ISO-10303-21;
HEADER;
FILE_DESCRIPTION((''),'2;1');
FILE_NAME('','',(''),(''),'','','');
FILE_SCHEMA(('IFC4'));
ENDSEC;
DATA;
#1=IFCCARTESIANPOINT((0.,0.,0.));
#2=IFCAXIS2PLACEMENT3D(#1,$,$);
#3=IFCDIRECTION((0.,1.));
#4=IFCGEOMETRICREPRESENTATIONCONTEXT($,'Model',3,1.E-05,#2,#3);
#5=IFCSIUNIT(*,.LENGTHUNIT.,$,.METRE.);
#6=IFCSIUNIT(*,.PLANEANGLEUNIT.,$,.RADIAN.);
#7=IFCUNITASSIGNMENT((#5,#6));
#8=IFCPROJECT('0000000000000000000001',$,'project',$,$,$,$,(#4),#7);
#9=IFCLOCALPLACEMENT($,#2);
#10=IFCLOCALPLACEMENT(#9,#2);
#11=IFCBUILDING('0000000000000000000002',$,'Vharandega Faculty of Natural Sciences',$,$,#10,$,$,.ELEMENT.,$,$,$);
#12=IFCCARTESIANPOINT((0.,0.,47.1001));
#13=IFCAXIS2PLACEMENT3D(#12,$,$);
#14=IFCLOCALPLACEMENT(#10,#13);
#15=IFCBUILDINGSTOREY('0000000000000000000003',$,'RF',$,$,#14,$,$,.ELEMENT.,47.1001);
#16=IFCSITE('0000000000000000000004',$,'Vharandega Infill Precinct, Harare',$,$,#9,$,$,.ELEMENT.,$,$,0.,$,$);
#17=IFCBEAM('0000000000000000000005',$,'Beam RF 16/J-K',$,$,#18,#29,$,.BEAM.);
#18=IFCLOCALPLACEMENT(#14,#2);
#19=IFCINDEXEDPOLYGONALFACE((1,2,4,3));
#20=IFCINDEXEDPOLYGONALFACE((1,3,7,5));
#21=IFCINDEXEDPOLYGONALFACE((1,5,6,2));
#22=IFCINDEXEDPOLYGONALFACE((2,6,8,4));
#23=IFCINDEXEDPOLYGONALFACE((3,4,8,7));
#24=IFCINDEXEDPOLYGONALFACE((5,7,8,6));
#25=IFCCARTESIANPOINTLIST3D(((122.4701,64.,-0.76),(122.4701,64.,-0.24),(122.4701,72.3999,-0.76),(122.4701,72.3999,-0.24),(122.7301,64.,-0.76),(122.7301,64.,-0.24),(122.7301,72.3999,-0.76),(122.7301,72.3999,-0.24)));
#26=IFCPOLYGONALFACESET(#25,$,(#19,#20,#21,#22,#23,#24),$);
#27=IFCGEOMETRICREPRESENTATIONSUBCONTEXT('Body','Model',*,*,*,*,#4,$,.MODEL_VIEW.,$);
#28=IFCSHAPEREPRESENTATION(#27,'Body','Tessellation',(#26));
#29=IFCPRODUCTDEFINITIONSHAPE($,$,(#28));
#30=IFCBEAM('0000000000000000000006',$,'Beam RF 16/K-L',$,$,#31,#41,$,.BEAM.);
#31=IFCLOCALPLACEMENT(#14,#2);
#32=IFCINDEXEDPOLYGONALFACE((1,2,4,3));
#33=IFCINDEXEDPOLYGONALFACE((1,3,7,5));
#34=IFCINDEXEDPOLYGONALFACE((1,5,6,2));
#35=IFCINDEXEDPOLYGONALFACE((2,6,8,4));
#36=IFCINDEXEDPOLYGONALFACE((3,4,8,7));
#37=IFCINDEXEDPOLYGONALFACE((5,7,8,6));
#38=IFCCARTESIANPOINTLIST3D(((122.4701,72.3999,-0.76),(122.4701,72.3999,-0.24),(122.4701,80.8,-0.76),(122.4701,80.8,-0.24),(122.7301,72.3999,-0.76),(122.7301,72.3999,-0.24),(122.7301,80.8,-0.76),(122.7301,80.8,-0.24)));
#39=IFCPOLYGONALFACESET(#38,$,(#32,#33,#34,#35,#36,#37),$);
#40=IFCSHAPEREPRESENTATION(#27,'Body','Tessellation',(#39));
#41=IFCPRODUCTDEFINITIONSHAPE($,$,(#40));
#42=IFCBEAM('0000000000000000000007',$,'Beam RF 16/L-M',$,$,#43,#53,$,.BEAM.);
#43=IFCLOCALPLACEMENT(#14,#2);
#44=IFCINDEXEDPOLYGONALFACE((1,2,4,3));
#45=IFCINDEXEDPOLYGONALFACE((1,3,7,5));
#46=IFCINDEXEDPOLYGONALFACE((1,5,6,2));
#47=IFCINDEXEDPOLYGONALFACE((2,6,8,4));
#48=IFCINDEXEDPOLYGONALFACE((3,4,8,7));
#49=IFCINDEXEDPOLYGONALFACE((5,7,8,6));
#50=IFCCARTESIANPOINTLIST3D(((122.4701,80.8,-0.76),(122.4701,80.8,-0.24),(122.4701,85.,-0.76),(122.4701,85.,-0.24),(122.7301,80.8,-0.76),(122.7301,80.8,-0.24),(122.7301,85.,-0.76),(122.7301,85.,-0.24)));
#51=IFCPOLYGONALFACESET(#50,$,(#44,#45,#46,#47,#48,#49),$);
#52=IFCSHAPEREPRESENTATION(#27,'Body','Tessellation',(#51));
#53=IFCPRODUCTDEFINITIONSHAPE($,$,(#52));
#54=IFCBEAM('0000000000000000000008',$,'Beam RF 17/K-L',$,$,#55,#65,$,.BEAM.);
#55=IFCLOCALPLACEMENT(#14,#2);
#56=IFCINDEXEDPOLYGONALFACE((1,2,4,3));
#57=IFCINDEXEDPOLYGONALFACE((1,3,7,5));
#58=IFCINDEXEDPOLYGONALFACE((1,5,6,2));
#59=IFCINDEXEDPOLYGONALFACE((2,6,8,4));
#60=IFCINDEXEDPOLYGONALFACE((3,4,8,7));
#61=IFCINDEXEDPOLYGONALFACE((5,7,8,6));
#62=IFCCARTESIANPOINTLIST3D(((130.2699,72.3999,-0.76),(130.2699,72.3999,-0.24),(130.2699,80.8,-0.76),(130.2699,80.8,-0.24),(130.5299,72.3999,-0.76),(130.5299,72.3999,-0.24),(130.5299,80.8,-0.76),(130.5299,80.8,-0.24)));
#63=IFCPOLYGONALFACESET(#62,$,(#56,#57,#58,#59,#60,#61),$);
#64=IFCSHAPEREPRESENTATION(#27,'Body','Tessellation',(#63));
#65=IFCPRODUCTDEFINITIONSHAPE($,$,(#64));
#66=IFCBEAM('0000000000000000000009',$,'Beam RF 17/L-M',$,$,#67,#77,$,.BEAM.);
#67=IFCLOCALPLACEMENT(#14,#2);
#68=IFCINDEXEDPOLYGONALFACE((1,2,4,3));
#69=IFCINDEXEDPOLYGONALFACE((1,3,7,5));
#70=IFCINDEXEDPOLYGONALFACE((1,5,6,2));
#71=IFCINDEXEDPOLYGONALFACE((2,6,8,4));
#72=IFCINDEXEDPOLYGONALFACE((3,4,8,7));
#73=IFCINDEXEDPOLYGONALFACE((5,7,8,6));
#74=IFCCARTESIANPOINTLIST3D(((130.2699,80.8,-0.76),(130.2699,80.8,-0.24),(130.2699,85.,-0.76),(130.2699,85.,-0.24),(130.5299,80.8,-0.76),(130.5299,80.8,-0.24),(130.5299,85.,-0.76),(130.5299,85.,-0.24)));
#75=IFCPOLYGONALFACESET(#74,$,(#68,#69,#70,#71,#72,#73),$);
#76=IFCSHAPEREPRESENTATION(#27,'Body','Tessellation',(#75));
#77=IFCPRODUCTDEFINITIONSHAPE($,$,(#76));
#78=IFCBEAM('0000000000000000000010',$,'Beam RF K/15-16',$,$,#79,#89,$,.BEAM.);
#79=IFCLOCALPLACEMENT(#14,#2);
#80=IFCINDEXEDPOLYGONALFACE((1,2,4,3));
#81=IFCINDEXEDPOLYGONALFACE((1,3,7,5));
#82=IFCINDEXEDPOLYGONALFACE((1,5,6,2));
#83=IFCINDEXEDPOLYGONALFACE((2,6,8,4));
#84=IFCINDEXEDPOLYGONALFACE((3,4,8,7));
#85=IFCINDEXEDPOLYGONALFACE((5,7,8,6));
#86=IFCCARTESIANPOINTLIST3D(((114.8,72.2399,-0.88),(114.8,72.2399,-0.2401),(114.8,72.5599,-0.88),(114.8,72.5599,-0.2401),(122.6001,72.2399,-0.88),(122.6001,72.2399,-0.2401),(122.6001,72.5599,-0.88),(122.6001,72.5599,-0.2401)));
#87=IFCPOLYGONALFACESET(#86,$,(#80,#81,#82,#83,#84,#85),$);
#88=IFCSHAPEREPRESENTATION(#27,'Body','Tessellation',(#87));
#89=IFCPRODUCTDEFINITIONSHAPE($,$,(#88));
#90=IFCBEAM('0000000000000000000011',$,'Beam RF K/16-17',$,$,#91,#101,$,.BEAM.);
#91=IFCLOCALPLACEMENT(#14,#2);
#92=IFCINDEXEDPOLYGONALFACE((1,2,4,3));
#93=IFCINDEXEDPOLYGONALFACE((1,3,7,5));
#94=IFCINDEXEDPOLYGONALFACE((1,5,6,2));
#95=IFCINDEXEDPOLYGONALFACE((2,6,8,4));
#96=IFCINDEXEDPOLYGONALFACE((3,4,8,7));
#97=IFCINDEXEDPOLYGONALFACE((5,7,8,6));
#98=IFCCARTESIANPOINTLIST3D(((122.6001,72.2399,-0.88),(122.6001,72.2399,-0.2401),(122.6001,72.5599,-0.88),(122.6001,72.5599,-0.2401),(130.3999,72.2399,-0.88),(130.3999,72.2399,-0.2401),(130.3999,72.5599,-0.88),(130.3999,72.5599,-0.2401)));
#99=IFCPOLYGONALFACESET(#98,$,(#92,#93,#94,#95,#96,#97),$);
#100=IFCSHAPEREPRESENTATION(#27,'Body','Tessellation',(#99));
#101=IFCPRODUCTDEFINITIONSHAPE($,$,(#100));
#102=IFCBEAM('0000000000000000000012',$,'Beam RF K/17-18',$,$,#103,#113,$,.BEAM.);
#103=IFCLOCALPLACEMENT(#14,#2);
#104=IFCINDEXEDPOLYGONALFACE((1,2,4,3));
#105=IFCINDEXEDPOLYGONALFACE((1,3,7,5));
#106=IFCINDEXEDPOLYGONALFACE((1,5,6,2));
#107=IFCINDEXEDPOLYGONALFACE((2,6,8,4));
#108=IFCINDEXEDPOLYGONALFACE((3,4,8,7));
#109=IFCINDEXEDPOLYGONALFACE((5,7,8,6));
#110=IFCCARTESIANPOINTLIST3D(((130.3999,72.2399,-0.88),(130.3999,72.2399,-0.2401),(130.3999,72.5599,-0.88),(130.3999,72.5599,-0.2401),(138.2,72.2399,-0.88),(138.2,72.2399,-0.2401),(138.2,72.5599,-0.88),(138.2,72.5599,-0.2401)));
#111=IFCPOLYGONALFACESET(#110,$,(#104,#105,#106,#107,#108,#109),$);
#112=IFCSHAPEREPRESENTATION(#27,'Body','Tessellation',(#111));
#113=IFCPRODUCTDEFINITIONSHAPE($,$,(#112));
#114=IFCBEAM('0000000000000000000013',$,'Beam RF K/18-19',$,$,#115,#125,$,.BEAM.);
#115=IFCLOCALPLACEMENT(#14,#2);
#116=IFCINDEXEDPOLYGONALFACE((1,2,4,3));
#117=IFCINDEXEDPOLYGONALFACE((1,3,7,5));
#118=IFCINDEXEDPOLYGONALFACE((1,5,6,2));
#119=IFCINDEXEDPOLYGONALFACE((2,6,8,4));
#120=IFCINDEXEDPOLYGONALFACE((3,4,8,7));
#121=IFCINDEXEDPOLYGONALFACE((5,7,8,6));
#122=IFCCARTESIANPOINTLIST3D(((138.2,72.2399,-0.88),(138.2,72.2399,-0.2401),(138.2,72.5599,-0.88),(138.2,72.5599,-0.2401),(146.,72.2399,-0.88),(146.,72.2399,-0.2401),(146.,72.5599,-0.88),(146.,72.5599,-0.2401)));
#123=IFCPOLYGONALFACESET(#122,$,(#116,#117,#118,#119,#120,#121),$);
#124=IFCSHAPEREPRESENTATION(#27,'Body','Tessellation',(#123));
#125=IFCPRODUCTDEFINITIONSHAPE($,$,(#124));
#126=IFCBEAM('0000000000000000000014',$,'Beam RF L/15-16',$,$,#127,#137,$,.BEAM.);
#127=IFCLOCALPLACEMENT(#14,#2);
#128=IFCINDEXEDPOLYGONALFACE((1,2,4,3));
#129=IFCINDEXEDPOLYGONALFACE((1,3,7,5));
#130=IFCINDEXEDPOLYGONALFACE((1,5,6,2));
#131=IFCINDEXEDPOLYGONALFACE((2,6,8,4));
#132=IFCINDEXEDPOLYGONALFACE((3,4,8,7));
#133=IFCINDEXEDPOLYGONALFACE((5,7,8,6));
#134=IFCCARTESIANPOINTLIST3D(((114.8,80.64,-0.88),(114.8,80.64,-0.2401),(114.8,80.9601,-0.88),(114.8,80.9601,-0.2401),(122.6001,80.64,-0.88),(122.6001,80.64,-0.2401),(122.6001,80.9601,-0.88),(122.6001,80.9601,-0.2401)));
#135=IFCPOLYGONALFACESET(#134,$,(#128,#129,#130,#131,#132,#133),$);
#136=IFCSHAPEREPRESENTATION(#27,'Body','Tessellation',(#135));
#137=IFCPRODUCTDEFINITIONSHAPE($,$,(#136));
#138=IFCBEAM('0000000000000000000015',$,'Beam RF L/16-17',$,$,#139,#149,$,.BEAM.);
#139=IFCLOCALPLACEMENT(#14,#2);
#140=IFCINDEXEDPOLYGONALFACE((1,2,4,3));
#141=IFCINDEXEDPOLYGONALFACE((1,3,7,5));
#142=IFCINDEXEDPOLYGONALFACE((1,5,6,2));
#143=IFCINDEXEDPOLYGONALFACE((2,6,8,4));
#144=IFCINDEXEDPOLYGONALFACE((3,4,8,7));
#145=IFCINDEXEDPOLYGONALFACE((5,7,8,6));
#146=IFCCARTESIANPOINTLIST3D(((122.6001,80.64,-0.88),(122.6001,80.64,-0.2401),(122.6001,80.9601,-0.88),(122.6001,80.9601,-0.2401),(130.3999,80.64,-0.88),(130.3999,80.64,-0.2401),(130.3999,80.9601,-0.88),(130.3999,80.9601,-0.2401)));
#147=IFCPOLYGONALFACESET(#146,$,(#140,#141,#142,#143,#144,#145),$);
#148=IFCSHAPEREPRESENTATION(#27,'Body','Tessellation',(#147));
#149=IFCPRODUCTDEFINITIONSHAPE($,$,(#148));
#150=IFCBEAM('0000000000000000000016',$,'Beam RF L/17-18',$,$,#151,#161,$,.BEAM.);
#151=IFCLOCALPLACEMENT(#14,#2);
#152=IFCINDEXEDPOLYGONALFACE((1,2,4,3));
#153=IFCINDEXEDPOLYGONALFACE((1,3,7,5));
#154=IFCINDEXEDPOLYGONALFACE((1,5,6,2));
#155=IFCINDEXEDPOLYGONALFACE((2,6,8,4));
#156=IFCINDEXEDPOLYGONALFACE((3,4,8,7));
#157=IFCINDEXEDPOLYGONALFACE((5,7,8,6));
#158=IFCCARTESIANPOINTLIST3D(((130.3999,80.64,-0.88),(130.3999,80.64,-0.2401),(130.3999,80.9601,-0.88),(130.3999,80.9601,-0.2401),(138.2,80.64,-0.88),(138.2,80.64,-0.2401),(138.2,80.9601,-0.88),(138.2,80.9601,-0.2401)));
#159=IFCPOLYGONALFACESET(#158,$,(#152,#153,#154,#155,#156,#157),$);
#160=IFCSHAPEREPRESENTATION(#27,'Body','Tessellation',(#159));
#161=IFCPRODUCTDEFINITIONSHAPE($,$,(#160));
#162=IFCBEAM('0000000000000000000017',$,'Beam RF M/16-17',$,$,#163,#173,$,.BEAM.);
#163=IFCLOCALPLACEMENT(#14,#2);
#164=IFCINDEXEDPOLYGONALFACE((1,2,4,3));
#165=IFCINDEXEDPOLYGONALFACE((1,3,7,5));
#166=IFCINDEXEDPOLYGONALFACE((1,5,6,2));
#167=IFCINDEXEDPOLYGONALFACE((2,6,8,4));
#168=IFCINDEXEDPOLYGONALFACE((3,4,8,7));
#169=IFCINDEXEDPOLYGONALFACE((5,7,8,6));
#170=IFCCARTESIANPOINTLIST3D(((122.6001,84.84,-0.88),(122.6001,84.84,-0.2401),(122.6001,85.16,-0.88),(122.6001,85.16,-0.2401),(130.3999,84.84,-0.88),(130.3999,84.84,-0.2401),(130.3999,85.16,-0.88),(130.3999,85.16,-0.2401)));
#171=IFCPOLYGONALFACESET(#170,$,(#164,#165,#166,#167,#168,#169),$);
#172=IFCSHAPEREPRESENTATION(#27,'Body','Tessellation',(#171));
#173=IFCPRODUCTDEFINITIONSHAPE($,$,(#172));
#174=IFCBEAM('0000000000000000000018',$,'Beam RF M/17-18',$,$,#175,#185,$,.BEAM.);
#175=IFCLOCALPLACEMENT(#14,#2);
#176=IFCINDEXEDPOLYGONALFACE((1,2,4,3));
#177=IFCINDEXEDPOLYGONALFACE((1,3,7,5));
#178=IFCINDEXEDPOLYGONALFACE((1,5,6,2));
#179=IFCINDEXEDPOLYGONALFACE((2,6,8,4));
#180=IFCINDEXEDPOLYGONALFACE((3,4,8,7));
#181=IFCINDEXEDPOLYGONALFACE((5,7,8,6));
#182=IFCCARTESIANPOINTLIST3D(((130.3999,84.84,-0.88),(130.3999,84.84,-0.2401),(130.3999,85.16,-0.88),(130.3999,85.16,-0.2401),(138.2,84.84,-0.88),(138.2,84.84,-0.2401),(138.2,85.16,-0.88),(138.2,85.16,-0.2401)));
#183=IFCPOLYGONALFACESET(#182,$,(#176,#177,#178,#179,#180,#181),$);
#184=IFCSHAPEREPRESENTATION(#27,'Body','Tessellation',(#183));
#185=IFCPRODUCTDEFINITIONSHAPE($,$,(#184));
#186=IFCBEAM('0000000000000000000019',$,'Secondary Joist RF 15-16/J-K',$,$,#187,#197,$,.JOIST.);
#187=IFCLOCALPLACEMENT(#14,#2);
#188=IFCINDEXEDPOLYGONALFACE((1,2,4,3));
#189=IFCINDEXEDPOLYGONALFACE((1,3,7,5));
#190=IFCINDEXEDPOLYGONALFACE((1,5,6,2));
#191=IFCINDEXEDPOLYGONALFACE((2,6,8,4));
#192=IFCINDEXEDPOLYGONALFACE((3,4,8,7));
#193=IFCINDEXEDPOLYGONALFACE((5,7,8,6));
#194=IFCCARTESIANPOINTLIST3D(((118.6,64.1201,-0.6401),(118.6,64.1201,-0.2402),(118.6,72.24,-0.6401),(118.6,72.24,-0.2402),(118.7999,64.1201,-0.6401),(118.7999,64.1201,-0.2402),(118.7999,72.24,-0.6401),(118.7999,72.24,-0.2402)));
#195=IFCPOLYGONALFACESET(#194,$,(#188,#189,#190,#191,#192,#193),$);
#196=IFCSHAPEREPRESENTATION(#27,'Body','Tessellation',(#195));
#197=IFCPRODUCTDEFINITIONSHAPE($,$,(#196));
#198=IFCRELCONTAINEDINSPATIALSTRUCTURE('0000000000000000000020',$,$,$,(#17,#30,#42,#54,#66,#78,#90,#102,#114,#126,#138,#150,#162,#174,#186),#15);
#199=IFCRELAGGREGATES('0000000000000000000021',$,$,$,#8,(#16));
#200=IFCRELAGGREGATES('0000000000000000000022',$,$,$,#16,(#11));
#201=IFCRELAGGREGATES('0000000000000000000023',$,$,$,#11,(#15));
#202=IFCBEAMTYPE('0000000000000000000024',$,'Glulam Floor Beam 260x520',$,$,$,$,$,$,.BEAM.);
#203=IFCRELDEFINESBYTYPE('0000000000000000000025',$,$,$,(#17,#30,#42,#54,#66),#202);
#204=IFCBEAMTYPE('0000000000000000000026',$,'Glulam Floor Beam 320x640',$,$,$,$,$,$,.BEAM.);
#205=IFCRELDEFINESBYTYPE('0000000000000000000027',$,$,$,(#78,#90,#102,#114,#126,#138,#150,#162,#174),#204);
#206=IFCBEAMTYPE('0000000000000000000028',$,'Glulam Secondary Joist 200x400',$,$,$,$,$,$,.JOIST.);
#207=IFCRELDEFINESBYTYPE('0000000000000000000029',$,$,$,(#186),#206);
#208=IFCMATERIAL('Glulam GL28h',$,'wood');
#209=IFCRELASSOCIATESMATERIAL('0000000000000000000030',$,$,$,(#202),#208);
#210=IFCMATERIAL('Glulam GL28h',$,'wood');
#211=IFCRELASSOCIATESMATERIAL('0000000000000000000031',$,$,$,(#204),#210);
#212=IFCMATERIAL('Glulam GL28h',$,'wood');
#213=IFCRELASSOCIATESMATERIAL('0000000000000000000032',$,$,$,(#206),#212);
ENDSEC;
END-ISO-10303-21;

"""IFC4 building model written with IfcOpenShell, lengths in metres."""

from ifc_helpers import new_model, si_unit, direction, frame, origin, origin_2d, place, context, subcontext, project, spatial, rectangle, extrude, material, material_profile, profile_set, type_object, element, save


model = new_model("IFC4")

# Units and contexts
model_context = context("Model", 3, precision=1e-05, world=origin(), true_north=direction((0.0, 1.0)))
body_context = subcontext(model_context, "Body", "Model", "MODEL_VIEW")
ifc_project = project(units=[si_unit("LENGTHUNIT", "METRE"), si_unit("PLANEANGLEUNIT", "RADIAN")], contexts=[model_context])

# Site, building, storey
site_placement = place(None, origin())
site = spatial("IfcSite", under=ifc_project, at=site_placement, Name="Vharandega Infill Precinct, Harare", CompositionType="ELEMENT", RefElevation=0.0)
building_placement = place(site_placement, origin())
building = spatial("IfcBuilding", under=site, at=building_placement, Name="Vharandega Faculty of Natural Sciences", CompositionType="ELEMENT")
storey_placement = place(building_placement, frame((0.0, 0.0, 47.1001)))
storey = spatial("IfcBuildingStorey", under=building, at=storey_placement, Name="RF", CompositionType="ELEMENT", Elevation=47.1001)

# Beams
ifc_material_1 = material(Name="Glulam GL28h", Category="wood")
ifc_material_profile_1 = material_profile(ifc_material_1, rectangle(XDim=0.26, YDim=0.52, at=origin_2d()), Name="GL28h 260x520")
ifc_profile_set_1 = profile_set([ifc_material_profile_1], Name="Glulam GL28h")
beam_type_1 = type_object("IfcBeamType", Name="Glulam Floor Beam 260x520", PredefinedType="BEAM", material=ifc_profile_set_1)
beam_1_placement = place(storey_placement, frame((122.6001, 64.0, -0.5), z_axis=(0.0, 1.0, 0.0), x_axis=(-1.0, 0.0, 0.0)))
element("IfcBeam", 1, at=beam_1_placement, inside=storey, type_object=beam_type_1, Name="Beam RF 16/J-K", PredefinedType="BEAM", context=body_context, shape_type="SweptSolid", body=[
    extrude(rectangle(XDim=0.26, YDim=0.52, at=origin_2d()), origin(), (0.0, 0.0, 1.0), 8.3999),
])
beam_2_placement = place(storey_placement, frame((122.6001, 72.3999, -0.5), z_axis=(0.0, 1.0, 0.0), x_axis=(-1.0, 0.0, 0.0)))
element("IfcBeam", 2, at=beam_2_placement, inside=storey, type_object=beam_type_1, Name="Beam RF 16/K-L", PredefinedType="BEAM", context=body_context, shape_type="SweptSolid", body=[
    extrude(rectangle(XDim=0.26, YDim=0.52, at=origin_2d()), origin(), (0.0, 0.0, 1.0), 8.4001),
])
beam_3_placement = place(storey_placement, frame((122.6001, 80.8, -0.5), z_axis=(0.0, 1.0, 0.0), x_axis=(-1.0, 0.0, 0.0)))
element("IfcBeam", 3, at=beam_3_placement, inside=storey, type_object=beam_type_1, Name="Beam RF 16/L-M", PredefinedType="BEAM", context=body_context, shape_type="SweptSolid", body=[
    extrude(rectangle(XDim=0.26, YDim=0.52, at=origin_2d()), origin(), (0.0, 0.0, 1.0), 4.2),
])
beam_4_placement = place(storey_placement, frame((130.3999, 72.3999, -0.5), z_axis=(0.0, 1.0, 0.0), x_axis=(-1.0, 0.0, 0.0)))
element("IfcBeam", 4, at=beam_4_placement, inside=storey, type_object=beam_type_1, Name="Beam RF 17/K-L", PredefinedType="BEAM", context=body_context, shape_type="SweptSolid", body=[
    extrude(rectangle(XDim=0.26, YDim=0.52, at=origin_2d()), origin(), (0.0, 0.0, 1.0), 8.4001),
])
beam_5_placement = place(storey_placement, frame((130.3999, 80.8, -0.5), z_axis=(0.0, 1.0, 0.0), x_axis=(-1.0, 0.0, 0.0)))
element("IfcBeam", 5, at=beam_5_placement, inside=storey, type_object=beam_type_1, Name="Beam RF 17/L-M", PredefinedType="BEAM", context=body_context, shape_type="SweptSolid", body=[
    extrude(rectangle(XDim=0.26, YDim=0.52, at=origin_2d()), origin(), (0.0, 0.0, 1.0), 4.2),
])
ifc_material_2 = material(Name="Glulam GL28h", Category="wood")
ifc_material_profile_2 = material_profile(ifc_material_2, rectangle(XDim=0.3201, YDim=0.6399, at=origin_2d()), Name="GL28h 320x640")
ifc_profile_set_2 = profile_set([ifc_material_profile_2], Name="Glulam GL28h")
beam_type_2 = type_object("IfcBeamType", Name="Glulam Floor Beam 320x640", PredefinedType="BEAM", material=ifc_profile_set_2)
beam_6_placement = place(storey_placement, frame((114.8, 72.3999, -0.5601), z_axis=(1.0, 0.0, 0.0), x_axis=(0.0, 1.0, 0.0)))
element("IfcBeam", 6, at=beam_6_placement, inside=storey, type_object=beam_type_2, Name="Beam RF K/15-16", PredefinedType="BEAM", context=body_context, shape_type="SweptSolid", body=[
    extrude(rectangle(XDim=0.3201, YDim=0.6399, at=origin_2d()), origin(), (0.0, 0.0, 1.0), 7.8),
])
beam_7_placement = place(storey_placement, frame((122.6001, 72.3999, -0.5601), z_axis=(1.0, 0.0, 0.0), x_axis=(0.0, 1.0, 0.0)))
element("IfcBeam", 7, at=beam_7_placement, inside=storey, type_object=beam_type_2, Name="Beam RF K/16-17", PredefinedType="BEAM", context=body_context, shape_type="SweptSolid", body=[
    extrude(rectangle(XDim=0.3201, YDim=0.6399, at=origin_2d()), origin(), (0.0, 0.0, 1.0), 7.7998),
])
for number, where, z_axis, x_axis, name in (
    (8, (130.3999, 72.3999, -0.5601), (1.0, 0.0, 0.0), (0.0, 1.0, 0.0), "Beam RF K/17-18"),
    (9, (138.2, 72.3999, -0.5601), (1.0, 0.0, 0.0), (0.0, 1.0, 0.0), "Beam RF K/18-19"),
    (10, (114.8, 80.8, -0.5601), (1.0, 0.0, 0.0), (0.0, 1.0, 0.0), "Beam RF L/15-16"),
):
    element("IfcBeam", number, at=place(storey_placement, frame(where, z_axis=z_axis, x_axis=x_axis)), inside=storey, type_object=beam_type_2, Name=name, PredefinedType="BEAM", context=body_context, shape_type="SweptSolid", body=[
        extrude(rectangle(XDim=0.3201, YDim=0.6399, at=origin_2d()), origin(), (0.0, 0.0, 1.0), 7.8),
    ])
beam_8_placement = place(storey_placement, frame((122.6001, 80.8, -0.5601), z_axis=(1.0, 0.0, 0.0), x_axis=(0.0, 1.0, 0.0)))
element("IfcBeam", 11, at=beam_8_placement, inside=storey, type_object=beam_type_2, Name="Beam RF L/16-17", PredefinedType="BEAM", context=body_context, shape_type="SweptSolid", body=[
    extrude(rectangle(XDim=0.3201, YDim=0.6399, at=origin_2d()), origin(), (0.0, 0.0, 1.0), 7.7998),
])
beam_9_placement = place(storey_placement, frame((130.3999, 80.8, -0.5601), z_axis=(1.0, 0.0, 0.0), x_axis=(0.0, 1.0, 0.0)))
element("IfcBeam", 12, at=beam_9_placement, inside=storey, type_object=beam_type_2, Name="Beam RF L/17-18", PredefinedType="BEAM", context=body_context, shape_type="SweptSolid", body=[
    extrude(rectangle(XDim=0.3201, YDim=0.6399, at=origin_2d()), origin(), (0.0, 0.0, 1.0), 7.8),
])
beam_10_placement = place(storey_placement, frame((122.6001, 85.0, -0.5601), z_axis=(1.0, 0.0, 0.0), x_axis=(0.0, 1.0, 0.0)))
element("IfcBeam", 13, at=beam_10_placement, inside=storey, type_object=beam_type_2, Name="Beam RF M/16-17", PredefinedType="BEAM", context=body_context, shape_type="SweptSolid", body=[
    extrude(rectangle(XDim=0.3201, YDim=0.6399, at=origin_2d()), origin(), (0.0, 0.0, 1.0), 7.7998),
])
beam_11_placement = place(storey_placement, frame((130.3999, 85.0, -0.5601), z_axis=(1.0, 0.0, 0.0), x_axis=(0.0, 1.0, 0.0)))
element("IfcBeam", 14, at=beam_11_placement, inside=storey, type_object=beam_type_2, Name="Beam RF M/17-18", PredefinedType="BEAM", context=body_context, shape_type="SweptSolid", body=[
    extrude(rectangle(XDim=0.3201, YDim=0.6399, at=origin_2d()), origin(), (0.0, 0.0, 1.0), 7.8),
])
ifc_material_3 = material(Name="Glulam GL28h", Category="wood")
ifc_material_profile_3 = material_profile(ifc_material_3, rectangle(XDim=0.2, YDim=0.3999, at=origin_2d()), Name="GL28h 200x400")
ifc_profile_set_3 = profile_set([ifc_material_profile_3], Name="Glulam GL28h")
beam_type_3 = type_object("IfcBeamType", Name="Glulam Secondary Joist 200x400", PredefinedType="JOIST", material=ifc_profile_set_3)
beam_12_placement = place(storey_placement, frame((118.7, 64.1201, -0.4402), z_axis=(0.0, 1.0, 0.0), x_axis=(-1.0, 0.0, 0.0)))
element("IfcBeam", 15, at=beam_12_placement, inside=storey, type_object=beam_type_3, Name="Secondary Joist RF 15-16/J-K", PredefinedType="JOIST", context=body_context, shape_type="SweptSolid", body=[
    extrude(rectangle(XDim=0.2, YDim=0.3999, at=origin_2d()), origin(), (0.0, 0.0, 1.0), 8.1199),
])

save(model, "model.ifc")
